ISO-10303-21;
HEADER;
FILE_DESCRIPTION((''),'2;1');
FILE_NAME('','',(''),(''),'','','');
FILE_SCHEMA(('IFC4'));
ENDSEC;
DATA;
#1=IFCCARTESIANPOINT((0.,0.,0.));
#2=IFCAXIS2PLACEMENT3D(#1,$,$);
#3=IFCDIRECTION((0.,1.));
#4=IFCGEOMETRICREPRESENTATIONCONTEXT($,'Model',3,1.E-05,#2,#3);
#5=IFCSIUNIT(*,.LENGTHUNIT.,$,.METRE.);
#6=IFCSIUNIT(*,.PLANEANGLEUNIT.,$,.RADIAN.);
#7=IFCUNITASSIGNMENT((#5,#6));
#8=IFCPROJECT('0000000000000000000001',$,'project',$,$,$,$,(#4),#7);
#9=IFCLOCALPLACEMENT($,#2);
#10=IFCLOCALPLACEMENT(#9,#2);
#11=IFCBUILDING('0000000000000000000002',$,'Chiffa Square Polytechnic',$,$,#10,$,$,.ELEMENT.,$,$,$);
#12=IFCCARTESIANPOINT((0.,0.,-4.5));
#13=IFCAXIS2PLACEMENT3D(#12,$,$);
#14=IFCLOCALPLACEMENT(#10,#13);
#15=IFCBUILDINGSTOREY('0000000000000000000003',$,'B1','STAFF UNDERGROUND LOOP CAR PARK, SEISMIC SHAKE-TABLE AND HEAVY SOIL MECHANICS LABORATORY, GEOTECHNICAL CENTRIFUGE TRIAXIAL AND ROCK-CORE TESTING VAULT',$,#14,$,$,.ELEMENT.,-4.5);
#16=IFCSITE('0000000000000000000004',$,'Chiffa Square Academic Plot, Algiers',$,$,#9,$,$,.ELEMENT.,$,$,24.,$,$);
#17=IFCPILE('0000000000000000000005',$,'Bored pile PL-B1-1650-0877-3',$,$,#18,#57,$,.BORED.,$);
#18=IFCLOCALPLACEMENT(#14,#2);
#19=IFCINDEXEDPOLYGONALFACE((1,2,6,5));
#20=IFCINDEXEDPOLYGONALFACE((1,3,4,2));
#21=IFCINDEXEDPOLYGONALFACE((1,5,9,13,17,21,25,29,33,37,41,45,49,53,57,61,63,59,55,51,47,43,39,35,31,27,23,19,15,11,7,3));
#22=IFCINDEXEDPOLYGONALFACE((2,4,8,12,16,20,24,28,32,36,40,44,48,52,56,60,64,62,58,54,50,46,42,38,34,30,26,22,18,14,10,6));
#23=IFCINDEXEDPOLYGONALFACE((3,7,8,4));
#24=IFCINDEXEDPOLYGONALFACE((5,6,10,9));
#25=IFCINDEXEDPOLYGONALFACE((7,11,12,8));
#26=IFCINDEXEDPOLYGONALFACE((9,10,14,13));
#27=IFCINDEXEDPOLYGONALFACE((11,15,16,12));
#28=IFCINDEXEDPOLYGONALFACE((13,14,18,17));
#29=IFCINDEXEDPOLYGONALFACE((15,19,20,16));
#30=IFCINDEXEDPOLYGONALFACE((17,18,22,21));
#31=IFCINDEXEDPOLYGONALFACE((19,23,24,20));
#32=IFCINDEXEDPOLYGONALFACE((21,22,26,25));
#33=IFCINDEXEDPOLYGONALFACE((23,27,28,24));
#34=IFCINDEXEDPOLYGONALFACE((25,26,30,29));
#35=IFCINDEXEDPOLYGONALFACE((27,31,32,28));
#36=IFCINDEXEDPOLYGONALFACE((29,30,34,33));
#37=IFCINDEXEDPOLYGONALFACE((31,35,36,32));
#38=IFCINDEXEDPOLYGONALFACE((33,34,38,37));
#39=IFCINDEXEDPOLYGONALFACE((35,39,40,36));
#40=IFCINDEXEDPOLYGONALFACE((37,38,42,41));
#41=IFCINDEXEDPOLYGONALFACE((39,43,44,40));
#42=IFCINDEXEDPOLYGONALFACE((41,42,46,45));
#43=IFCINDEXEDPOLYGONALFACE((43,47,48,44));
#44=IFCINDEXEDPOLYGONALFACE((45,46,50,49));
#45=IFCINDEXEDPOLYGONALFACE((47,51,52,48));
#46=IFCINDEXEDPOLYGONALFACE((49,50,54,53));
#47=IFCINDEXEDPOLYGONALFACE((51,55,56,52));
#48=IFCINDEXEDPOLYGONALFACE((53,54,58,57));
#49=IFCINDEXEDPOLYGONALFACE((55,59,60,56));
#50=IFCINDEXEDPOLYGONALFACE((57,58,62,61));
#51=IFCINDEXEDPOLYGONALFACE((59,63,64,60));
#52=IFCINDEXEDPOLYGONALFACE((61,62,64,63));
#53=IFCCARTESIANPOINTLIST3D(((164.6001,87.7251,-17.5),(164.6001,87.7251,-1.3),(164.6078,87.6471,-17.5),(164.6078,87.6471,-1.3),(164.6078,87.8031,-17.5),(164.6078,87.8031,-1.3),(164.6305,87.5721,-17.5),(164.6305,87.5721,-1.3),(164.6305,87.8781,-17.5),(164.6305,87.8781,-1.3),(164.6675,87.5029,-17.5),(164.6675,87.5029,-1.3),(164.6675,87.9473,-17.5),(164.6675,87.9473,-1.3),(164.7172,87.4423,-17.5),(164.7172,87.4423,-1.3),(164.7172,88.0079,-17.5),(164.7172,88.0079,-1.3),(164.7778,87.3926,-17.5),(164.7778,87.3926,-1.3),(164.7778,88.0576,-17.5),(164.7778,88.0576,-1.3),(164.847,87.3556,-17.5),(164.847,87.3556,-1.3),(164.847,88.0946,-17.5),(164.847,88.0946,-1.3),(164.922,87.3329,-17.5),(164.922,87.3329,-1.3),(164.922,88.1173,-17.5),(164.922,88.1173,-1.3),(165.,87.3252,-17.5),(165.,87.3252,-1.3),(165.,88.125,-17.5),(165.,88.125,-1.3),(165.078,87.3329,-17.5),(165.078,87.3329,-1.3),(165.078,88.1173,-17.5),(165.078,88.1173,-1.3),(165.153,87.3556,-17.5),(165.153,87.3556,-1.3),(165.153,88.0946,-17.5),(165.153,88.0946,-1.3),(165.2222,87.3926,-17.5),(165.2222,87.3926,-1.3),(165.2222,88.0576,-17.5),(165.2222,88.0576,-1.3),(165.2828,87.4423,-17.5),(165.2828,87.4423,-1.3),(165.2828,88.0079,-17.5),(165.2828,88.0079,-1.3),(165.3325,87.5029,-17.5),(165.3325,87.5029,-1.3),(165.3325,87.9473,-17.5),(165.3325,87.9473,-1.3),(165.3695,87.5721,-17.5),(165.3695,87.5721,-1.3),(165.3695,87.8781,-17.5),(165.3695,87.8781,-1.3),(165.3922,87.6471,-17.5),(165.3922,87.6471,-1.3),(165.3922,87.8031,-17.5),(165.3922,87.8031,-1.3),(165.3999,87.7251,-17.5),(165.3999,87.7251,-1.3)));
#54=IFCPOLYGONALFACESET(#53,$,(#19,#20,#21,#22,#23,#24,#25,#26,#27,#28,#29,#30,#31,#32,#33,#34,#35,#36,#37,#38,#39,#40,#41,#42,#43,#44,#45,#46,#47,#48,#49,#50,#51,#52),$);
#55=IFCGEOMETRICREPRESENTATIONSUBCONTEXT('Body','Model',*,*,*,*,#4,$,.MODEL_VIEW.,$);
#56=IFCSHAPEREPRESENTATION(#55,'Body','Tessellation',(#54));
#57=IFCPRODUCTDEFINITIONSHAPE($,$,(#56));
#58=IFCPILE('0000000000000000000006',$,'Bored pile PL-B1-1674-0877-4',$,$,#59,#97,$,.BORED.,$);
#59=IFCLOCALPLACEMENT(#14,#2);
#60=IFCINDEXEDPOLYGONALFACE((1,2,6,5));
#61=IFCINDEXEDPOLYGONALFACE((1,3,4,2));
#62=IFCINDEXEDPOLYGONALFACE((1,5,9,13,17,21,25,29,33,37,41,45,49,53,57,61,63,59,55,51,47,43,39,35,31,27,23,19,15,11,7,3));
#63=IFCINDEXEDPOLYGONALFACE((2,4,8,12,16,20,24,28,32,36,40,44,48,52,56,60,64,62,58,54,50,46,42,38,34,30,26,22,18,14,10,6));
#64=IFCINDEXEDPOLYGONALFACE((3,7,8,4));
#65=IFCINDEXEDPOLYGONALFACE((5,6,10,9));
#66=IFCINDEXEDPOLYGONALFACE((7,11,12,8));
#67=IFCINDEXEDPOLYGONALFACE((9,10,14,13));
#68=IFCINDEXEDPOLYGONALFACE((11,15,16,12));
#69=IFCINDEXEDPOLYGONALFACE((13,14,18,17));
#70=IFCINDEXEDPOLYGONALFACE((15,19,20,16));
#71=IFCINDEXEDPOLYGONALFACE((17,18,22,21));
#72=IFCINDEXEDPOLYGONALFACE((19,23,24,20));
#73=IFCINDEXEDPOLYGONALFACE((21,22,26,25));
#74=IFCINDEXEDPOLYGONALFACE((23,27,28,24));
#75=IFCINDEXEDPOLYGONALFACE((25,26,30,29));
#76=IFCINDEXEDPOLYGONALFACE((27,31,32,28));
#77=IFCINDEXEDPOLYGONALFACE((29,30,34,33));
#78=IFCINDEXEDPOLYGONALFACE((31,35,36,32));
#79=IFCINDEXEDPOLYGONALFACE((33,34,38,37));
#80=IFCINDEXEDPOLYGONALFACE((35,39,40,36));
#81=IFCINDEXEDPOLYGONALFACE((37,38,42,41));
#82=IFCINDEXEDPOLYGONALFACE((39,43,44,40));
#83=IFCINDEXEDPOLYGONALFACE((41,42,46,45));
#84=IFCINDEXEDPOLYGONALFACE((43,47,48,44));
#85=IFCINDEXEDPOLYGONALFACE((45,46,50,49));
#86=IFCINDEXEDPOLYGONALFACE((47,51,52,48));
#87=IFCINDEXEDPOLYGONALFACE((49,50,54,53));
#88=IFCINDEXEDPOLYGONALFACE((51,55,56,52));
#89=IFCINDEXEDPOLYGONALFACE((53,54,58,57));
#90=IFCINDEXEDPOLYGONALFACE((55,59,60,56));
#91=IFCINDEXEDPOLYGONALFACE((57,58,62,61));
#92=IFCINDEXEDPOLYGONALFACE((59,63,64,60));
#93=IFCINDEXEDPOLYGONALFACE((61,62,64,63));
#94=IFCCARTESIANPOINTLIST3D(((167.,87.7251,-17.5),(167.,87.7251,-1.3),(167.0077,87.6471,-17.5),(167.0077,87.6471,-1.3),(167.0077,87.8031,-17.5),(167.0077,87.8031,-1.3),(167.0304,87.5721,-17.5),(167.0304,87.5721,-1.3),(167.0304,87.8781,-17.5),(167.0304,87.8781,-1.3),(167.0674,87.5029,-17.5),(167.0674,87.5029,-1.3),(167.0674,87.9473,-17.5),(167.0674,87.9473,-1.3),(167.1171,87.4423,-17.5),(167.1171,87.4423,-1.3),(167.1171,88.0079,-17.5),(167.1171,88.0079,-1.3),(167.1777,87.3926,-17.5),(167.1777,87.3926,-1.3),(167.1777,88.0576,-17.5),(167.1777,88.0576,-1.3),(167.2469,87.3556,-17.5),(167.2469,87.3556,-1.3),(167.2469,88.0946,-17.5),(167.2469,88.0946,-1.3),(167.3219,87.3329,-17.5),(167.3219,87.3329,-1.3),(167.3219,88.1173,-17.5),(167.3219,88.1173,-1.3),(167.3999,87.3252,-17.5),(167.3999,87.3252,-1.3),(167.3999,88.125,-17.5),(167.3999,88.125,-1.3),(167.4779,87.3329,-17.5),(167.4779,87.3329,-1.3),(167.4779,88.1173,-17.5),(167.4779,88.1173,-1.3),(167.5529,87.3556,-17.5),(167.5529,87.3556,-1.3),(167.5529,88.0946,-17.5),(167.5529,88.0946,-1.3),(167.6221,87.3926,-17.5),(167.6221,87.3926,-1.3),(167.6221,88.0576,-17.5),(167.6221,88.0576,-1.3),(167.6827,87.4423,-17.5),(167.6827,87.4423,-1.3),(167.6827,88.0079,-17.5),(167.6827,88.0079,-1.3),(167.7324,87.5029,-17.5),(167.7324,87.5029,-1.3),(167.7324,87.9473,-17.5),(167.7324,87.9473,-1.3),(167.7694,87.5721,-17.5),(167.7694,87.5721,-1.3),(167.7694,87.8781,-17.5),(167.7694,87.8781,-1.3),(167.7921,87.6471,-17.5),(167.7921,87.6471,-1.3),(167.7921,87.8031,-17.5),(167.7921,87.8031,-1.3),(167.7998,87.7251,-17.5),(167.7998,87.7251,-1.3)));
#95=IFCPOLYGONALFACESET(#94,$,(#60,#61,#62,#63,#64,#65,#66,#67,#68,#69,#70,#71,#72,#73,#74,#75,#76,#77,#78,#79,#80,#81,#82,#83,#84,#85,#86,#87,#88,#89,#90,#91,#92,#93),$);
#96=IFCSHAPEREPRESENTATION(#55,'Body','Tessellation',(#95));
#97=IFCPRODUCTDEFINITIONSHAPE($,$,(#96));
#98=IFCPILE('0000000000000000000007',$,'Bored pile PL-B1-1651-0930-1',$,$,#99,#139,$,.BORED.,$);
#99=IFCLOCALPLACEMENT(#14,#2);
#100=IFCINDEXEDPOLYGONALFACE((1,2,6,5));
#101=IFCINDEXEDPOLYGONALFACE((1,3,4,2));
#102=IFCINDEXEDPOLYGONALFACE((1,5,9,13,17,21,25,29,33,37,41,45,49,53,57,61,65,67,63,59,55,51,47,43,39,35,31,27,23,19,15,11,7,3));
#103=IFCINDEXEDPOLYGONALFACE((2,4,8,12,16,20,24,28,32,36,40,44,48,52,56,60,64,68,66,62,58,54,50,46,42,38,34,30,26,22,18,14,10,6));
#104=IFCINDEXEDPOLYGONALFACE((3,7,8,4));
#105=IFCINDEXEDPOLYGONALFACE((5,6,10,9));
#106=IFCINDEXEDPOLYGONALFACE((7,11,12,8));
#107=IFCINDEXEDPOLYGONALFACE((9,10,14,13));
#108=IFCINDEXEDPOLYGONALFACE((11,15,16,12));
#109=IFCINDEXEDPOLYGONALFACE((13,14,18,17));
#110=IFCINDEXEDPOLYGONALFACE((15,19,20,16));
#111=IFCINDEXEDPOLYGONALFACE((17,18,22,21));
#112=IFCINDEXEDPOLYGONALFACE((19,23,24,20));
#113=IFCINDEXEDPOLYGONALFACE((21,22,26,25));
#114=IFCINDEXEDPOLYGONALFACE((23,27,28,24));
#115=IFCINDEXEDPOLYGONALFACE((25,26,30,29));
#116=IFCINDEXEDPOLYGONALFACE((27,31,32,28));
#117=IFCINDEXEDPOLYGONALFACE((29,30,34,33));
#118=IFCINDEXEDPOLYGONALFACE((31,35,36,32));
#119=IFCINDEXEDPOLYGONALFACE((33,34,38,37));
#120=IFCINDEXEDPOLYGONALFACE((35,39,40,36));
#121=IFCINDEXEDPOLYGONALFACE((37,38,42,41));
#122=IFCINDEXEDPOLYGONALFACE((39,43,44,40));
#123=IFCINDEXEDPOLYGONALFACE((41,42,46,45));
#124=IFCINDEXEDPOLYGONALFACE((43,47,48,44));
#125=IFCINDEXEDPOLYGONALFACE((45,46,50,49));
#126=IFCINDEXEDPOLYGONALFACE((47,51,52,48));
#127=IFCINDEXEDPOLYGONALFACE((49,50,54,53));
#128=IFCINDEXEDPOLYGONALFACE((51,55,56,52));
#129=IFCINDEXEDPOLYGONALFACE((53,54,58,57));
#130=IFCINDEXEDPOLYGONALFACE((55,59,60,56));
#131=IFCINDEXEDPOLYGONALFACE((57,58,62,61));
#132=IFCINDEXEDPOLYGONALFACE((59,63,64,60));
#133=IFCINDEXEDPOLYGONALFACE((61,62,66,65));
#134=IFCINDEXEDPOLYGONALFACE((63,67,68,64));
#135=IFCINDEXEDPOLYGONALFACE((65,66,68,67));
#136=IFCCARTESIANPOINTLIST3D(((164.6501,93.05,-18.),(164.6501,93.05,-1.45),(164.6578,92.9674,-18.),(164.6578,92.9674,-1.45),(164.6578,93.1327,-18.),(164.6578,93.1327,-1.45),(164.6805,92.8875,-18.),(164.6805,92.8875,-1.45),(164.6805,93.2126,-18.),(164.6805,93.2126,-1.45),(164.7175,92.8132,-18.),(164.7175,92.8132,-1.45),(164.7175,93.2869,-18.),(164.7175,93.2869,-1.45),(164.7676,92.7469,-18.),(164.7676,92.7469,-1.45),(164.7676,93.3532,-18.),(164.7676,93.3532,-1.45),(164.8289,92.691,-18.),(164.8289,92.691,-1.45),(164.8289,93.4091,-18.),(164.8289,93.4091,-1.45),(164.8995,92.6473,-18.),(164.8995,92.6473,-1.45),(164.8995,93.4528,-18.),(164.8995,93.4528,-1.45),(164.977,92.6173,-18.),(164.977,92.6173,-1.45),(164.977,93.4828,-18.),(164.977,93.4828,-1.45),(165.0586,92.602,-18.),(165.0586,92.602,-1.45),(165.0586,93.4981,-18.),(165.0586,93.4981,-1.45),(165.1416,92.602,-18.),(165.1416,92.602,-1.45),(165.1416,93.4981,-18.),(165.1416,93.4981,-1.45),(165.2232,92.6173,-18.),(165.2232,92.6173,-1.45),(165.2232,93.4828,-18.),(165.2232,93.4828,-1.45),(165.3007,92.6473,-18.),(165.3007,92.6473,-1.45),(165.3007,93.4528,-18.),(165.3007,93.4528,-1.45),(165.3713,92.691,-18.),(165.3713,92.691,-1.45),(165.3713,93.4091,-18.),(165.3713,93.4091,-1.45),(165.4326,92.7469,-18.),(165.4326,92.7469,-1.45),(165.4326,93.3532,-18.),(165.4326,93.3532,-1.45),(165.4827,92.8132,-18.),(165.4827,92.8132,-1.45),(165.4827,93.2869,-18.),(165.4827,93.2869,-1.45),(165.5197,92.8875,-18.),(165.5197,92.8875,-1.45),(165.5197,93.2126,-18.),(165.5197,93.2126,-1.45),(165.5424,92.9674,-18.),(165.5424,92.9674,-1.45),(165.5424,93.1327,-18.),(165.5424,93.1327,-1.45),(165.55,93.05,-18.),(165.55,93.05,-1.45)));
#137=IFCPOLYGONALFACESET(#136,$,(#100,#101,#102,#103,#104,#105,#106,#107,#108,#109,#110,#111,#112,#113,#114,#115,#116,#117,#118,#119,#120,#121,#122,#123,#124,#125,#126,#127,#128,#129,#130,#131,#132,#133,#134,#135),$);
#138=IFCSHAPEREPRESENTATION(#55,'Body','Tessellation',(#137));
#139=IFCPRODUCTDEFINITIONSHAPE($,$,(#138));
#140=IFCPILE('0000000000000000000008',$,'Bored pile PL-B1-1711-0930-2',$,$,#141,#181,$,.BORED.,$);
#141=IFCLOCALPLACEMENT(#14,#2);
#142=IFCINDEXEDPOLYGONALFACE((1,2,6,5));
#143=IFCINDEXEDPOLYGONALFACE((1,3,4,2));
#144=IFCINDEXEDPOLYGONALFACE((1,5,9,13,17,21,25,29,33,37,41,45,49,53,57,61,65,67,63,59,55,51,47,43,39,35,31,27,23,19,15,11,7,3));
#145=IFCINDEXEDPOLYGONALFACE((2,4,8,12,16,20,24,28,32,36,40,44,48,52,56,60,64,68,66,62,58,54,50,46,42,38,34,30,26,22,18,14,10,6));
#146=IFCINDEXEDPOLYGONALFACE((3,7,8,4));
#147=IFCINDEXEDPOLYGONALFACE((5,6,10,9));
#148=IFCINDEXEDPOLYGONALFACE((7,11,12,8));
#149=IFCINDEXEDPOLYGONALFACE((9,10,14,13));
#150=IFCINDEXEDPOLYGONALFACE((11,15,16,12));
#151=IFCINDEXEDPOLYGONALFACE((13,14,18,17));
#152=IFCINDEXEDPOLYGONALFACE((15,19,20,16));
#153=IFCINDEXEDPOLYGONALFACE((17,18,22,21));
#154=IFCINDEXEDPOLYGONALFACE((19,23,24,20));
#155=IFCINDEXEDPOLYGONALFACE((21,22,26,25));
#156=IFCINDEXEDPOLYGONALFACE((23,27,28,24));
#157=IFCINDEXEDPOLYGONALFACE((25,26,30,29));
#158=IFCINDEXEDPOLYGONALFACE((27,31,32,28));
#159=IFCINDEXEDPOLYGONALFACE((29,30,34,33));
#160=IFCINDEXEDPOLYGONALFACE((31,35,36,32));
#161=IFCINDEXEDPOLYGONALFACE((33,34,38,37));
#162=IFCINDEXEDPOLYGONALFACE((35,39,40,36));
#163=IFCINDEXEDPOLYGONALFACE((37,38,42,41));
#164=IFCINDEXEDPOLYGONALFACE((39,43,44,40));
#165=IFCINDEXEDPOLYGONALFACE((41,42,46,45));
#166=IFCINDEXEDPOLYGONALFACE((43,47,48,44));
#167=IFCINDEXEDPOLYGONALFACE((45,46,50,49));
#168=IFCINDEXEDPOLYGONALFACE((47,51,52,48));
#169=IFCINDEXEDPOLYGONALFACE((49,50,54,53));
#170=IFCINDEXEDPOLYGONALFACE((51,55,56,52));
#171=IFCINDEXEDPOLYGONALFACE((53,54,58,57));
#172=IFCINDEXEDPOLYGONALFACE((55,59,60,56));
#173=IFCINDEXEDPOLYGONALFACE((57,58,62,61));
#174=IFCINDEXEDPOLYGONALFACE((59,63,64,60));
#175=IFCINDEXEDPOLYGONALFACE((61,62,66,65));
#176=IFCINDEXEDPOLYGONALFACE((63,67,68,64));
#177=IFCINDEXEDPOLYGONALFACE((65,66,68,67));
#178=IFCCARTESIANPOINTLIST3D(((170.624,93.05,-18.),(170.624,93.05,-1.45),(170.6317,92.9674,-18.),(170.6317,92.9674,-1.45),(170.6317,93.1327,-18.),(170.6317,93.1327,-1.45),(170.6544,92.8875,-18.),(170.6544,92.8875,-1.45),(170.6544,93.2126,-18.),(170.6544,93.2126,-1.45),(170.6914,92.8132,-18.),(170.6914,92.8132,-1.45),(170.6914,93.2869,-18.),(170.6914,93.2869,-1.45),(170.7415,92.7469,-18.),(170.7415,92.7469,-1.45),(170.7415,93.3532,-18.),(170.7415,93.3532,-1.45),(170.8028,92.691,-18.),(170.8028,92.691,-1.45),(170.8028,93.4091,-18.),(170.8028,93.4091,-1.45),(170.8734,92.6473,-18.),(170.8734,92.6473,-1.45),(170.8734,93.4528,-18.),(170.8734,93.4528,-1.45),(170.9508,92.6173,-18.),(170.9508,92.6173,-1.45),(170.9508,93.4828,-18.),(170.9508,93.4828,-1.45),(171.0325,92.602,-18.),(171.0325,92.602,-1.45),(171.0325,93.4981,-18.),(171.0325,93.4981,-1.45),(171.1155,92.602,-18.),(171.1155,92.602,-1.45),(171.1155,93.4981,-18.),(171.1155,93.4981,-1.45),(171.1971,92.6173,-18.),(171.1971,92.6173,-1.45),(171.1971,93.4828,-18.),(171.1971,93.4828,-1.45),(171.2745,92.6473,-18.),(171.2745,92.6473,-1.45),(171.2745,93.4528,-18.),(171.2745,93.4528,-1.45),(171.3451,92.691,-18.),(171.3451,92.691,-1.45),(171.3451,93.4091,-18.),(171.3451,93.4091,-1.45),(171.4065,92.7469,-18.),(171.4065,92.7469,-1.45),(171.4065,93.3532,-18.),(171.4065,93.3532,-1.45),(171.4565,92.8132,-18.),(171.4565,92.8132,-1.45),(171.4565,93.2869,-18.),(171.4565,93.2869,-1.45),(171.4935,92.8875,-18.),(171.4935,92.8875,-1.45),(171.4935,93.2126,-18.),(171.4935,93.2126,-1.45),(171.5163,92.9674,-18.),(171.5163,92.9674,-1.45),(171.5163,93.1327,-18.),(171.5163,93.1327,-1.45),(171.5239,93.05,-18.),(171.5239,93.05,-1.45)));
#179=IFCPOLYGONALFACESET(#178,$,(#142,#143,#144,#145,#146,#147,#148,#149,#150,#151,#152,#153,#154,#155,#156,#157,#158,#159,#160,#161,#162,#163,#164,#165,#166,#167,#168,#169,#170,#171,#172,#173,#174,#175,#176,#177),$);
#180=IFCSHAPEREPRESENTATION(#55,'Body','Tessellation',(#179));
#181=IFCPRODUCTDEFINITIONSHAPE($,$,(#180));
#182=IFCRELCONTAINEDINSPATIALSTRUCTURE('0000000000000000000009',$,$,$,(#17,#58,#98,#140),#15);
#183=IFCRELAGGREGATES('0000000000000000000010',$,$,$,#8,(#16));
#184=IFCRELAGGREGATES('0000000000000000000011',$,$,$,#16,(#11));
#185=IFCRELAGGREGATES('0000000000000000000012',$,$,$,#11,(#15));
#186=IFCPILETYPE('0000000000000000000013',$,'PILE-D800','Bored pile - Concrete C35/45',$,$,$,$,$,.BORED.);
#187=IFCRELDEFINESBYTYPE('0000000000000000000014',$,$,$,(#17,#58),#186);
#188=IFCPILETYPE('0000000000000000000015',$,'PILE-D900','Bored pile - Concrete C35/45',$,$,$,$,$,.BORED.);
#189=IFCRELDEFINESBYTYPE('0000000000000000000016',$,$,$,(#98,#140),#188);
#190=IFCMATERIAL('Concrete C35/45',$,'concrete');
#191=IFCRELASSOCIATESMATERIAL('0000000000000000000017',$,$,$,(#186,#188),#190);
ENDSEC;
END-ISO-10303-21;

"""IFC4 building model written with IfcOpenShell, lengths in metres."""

from ifc_helpers import new_model, si_unit, direction, frame, origin, origin_2d, place, context, subcontext, project, spatial, circle, extrude, material, material_profile, profile_set, type_object, element, save


model = new_model("IFC4")

# Units and contexts
model_context = context("Model", 3, precision=1e-05, world=origin(), true_north=direction((0.0, 1.0)))
body_context = subcontext(model_context, "Body", "Model", "MODEL_VIEW")
ifc_project = project(units=[si_unit("LENGTHUNIT", "METRE"), si_unit("PLANEANGLEUNIT", "RADIAN")], contexts=[model_context])

# Site, building, storey
site_placement = place(None, origin())
site = spatial("IfcSite", under=ifc_project, at=site_placement, Name="Chiffa Square Academic Plot, Algiers", CompositionType="ELEMENT", RefElevation=24.0)
building_placement = place(site_placement, origin())
building = spatial("IfcBuilding", under=site, at=building_placement, Name="Chiffa Square Polytechnic", CompositionType="ELEMENT")
storey_placement = place(building_placement, frame((0.0, 0.0, -4.5)))
storey = spatial("IfcBuildingStorey", under=building, at=storey_placement, Name="B1", Description="STAFF UNDERGROUND LOOP CAR PARK, SEISMIC SHAKE-TABLE AND HEAVY SOIL MECHANICS LABORATORY, GEOTECHNICAL CENTRIFUGE TRIAXIAL AND ROCK-CORE TESTING VAULT", CompositionType="ELEMENT", Elevation=-4.5)

# Shared definitions
ifc_material_1 = material(Name="Concrete C35/45", Category="concrete")

# Piles
ifc_material_profile_1 = material_profile(ifc_material_1, circle(Radius=0.3999, at=origin_2d()), Name="PILE D800")
ifc_profile_set_1 = profile_set([ifc_material_profile_1], Name="Concrete C35/45")
pile_type_1 = type_object("IfcPileType", Name="PILE-D800", Description="Bored pile - Concrete C35/45", PredefinedType="BORED", material=ifc_profile_set_1)
for number, where, z_axis, x_axis, name in (
    (1, (165.0, 87.7251, -1.3), (0.0, 0.0, -1.0), (1.0, 0.0, 0.0), "Bored pile PL-B1-1650-0877-3"),
    (2, (167.3999, 87.7251, -1.3), (0.0, 0.0, -1.0), (1.0, 0.0, 0.0), "Bored pile PL-B1-1674-0877-4"),
):
    element("IfcPile", number, at=place(storey_placement, frame(where, z_axis=z_axis, x_axis=x_axis)), inside=storey, type_object=pile_type_1, Name=name, PredefinedType="BORED", context=body_context, shape_type="SweptSolid", body=[
        extrude(circle(Radius=0.3999, at=origin_2d()), origin(), (0.0, 0.0, 1.0), 16.2),
    ])
ifc_material_profile_2 = material_profile(ifc_material_1, circle(Radius=0.45, at=origin_2d()), Name="PILE D900")
ifc_profile_set_2 = profile_set([ifc_material_profile_2], Name="Concrete C35/45")
pile_type_2 = type_object("IfcPileType", Name="PILE-D900", Description="Bored pile - Concrete C35/45", PredefinedType="BORED", material=ifc_profile_set_2)
for number, where, z_axis, x_axis, name in (
    (3, (165.1001, 93.05, -1.45), (0.0, 0.0, -1.0), (1.0, 0.0, 0.0), "Bored pile PL-B1-1651-0930-1"),
    (4, (171.074, 93.05, -1.45), (0.0, 0.0, -1.0), (1.0, 0.0, 0.0), "Bored pile PL-B1-1711-0930-2"),
):
    element("IfcPile", number, at=place(storey_placement, frame(where, z_axis=z_axis, x_axis=x_axis)), inside=storey, type_object=pile_type_2, Name=name, PredefinedType="BORED", context=body_context, shape_type="SweptSolid", body=[
        extrude(circle(Radius=0.45, at=origin_2d()), origin(), (0.0, 0.0, 1.0), 16.55),
    ])

save(model, "model.ifc")
